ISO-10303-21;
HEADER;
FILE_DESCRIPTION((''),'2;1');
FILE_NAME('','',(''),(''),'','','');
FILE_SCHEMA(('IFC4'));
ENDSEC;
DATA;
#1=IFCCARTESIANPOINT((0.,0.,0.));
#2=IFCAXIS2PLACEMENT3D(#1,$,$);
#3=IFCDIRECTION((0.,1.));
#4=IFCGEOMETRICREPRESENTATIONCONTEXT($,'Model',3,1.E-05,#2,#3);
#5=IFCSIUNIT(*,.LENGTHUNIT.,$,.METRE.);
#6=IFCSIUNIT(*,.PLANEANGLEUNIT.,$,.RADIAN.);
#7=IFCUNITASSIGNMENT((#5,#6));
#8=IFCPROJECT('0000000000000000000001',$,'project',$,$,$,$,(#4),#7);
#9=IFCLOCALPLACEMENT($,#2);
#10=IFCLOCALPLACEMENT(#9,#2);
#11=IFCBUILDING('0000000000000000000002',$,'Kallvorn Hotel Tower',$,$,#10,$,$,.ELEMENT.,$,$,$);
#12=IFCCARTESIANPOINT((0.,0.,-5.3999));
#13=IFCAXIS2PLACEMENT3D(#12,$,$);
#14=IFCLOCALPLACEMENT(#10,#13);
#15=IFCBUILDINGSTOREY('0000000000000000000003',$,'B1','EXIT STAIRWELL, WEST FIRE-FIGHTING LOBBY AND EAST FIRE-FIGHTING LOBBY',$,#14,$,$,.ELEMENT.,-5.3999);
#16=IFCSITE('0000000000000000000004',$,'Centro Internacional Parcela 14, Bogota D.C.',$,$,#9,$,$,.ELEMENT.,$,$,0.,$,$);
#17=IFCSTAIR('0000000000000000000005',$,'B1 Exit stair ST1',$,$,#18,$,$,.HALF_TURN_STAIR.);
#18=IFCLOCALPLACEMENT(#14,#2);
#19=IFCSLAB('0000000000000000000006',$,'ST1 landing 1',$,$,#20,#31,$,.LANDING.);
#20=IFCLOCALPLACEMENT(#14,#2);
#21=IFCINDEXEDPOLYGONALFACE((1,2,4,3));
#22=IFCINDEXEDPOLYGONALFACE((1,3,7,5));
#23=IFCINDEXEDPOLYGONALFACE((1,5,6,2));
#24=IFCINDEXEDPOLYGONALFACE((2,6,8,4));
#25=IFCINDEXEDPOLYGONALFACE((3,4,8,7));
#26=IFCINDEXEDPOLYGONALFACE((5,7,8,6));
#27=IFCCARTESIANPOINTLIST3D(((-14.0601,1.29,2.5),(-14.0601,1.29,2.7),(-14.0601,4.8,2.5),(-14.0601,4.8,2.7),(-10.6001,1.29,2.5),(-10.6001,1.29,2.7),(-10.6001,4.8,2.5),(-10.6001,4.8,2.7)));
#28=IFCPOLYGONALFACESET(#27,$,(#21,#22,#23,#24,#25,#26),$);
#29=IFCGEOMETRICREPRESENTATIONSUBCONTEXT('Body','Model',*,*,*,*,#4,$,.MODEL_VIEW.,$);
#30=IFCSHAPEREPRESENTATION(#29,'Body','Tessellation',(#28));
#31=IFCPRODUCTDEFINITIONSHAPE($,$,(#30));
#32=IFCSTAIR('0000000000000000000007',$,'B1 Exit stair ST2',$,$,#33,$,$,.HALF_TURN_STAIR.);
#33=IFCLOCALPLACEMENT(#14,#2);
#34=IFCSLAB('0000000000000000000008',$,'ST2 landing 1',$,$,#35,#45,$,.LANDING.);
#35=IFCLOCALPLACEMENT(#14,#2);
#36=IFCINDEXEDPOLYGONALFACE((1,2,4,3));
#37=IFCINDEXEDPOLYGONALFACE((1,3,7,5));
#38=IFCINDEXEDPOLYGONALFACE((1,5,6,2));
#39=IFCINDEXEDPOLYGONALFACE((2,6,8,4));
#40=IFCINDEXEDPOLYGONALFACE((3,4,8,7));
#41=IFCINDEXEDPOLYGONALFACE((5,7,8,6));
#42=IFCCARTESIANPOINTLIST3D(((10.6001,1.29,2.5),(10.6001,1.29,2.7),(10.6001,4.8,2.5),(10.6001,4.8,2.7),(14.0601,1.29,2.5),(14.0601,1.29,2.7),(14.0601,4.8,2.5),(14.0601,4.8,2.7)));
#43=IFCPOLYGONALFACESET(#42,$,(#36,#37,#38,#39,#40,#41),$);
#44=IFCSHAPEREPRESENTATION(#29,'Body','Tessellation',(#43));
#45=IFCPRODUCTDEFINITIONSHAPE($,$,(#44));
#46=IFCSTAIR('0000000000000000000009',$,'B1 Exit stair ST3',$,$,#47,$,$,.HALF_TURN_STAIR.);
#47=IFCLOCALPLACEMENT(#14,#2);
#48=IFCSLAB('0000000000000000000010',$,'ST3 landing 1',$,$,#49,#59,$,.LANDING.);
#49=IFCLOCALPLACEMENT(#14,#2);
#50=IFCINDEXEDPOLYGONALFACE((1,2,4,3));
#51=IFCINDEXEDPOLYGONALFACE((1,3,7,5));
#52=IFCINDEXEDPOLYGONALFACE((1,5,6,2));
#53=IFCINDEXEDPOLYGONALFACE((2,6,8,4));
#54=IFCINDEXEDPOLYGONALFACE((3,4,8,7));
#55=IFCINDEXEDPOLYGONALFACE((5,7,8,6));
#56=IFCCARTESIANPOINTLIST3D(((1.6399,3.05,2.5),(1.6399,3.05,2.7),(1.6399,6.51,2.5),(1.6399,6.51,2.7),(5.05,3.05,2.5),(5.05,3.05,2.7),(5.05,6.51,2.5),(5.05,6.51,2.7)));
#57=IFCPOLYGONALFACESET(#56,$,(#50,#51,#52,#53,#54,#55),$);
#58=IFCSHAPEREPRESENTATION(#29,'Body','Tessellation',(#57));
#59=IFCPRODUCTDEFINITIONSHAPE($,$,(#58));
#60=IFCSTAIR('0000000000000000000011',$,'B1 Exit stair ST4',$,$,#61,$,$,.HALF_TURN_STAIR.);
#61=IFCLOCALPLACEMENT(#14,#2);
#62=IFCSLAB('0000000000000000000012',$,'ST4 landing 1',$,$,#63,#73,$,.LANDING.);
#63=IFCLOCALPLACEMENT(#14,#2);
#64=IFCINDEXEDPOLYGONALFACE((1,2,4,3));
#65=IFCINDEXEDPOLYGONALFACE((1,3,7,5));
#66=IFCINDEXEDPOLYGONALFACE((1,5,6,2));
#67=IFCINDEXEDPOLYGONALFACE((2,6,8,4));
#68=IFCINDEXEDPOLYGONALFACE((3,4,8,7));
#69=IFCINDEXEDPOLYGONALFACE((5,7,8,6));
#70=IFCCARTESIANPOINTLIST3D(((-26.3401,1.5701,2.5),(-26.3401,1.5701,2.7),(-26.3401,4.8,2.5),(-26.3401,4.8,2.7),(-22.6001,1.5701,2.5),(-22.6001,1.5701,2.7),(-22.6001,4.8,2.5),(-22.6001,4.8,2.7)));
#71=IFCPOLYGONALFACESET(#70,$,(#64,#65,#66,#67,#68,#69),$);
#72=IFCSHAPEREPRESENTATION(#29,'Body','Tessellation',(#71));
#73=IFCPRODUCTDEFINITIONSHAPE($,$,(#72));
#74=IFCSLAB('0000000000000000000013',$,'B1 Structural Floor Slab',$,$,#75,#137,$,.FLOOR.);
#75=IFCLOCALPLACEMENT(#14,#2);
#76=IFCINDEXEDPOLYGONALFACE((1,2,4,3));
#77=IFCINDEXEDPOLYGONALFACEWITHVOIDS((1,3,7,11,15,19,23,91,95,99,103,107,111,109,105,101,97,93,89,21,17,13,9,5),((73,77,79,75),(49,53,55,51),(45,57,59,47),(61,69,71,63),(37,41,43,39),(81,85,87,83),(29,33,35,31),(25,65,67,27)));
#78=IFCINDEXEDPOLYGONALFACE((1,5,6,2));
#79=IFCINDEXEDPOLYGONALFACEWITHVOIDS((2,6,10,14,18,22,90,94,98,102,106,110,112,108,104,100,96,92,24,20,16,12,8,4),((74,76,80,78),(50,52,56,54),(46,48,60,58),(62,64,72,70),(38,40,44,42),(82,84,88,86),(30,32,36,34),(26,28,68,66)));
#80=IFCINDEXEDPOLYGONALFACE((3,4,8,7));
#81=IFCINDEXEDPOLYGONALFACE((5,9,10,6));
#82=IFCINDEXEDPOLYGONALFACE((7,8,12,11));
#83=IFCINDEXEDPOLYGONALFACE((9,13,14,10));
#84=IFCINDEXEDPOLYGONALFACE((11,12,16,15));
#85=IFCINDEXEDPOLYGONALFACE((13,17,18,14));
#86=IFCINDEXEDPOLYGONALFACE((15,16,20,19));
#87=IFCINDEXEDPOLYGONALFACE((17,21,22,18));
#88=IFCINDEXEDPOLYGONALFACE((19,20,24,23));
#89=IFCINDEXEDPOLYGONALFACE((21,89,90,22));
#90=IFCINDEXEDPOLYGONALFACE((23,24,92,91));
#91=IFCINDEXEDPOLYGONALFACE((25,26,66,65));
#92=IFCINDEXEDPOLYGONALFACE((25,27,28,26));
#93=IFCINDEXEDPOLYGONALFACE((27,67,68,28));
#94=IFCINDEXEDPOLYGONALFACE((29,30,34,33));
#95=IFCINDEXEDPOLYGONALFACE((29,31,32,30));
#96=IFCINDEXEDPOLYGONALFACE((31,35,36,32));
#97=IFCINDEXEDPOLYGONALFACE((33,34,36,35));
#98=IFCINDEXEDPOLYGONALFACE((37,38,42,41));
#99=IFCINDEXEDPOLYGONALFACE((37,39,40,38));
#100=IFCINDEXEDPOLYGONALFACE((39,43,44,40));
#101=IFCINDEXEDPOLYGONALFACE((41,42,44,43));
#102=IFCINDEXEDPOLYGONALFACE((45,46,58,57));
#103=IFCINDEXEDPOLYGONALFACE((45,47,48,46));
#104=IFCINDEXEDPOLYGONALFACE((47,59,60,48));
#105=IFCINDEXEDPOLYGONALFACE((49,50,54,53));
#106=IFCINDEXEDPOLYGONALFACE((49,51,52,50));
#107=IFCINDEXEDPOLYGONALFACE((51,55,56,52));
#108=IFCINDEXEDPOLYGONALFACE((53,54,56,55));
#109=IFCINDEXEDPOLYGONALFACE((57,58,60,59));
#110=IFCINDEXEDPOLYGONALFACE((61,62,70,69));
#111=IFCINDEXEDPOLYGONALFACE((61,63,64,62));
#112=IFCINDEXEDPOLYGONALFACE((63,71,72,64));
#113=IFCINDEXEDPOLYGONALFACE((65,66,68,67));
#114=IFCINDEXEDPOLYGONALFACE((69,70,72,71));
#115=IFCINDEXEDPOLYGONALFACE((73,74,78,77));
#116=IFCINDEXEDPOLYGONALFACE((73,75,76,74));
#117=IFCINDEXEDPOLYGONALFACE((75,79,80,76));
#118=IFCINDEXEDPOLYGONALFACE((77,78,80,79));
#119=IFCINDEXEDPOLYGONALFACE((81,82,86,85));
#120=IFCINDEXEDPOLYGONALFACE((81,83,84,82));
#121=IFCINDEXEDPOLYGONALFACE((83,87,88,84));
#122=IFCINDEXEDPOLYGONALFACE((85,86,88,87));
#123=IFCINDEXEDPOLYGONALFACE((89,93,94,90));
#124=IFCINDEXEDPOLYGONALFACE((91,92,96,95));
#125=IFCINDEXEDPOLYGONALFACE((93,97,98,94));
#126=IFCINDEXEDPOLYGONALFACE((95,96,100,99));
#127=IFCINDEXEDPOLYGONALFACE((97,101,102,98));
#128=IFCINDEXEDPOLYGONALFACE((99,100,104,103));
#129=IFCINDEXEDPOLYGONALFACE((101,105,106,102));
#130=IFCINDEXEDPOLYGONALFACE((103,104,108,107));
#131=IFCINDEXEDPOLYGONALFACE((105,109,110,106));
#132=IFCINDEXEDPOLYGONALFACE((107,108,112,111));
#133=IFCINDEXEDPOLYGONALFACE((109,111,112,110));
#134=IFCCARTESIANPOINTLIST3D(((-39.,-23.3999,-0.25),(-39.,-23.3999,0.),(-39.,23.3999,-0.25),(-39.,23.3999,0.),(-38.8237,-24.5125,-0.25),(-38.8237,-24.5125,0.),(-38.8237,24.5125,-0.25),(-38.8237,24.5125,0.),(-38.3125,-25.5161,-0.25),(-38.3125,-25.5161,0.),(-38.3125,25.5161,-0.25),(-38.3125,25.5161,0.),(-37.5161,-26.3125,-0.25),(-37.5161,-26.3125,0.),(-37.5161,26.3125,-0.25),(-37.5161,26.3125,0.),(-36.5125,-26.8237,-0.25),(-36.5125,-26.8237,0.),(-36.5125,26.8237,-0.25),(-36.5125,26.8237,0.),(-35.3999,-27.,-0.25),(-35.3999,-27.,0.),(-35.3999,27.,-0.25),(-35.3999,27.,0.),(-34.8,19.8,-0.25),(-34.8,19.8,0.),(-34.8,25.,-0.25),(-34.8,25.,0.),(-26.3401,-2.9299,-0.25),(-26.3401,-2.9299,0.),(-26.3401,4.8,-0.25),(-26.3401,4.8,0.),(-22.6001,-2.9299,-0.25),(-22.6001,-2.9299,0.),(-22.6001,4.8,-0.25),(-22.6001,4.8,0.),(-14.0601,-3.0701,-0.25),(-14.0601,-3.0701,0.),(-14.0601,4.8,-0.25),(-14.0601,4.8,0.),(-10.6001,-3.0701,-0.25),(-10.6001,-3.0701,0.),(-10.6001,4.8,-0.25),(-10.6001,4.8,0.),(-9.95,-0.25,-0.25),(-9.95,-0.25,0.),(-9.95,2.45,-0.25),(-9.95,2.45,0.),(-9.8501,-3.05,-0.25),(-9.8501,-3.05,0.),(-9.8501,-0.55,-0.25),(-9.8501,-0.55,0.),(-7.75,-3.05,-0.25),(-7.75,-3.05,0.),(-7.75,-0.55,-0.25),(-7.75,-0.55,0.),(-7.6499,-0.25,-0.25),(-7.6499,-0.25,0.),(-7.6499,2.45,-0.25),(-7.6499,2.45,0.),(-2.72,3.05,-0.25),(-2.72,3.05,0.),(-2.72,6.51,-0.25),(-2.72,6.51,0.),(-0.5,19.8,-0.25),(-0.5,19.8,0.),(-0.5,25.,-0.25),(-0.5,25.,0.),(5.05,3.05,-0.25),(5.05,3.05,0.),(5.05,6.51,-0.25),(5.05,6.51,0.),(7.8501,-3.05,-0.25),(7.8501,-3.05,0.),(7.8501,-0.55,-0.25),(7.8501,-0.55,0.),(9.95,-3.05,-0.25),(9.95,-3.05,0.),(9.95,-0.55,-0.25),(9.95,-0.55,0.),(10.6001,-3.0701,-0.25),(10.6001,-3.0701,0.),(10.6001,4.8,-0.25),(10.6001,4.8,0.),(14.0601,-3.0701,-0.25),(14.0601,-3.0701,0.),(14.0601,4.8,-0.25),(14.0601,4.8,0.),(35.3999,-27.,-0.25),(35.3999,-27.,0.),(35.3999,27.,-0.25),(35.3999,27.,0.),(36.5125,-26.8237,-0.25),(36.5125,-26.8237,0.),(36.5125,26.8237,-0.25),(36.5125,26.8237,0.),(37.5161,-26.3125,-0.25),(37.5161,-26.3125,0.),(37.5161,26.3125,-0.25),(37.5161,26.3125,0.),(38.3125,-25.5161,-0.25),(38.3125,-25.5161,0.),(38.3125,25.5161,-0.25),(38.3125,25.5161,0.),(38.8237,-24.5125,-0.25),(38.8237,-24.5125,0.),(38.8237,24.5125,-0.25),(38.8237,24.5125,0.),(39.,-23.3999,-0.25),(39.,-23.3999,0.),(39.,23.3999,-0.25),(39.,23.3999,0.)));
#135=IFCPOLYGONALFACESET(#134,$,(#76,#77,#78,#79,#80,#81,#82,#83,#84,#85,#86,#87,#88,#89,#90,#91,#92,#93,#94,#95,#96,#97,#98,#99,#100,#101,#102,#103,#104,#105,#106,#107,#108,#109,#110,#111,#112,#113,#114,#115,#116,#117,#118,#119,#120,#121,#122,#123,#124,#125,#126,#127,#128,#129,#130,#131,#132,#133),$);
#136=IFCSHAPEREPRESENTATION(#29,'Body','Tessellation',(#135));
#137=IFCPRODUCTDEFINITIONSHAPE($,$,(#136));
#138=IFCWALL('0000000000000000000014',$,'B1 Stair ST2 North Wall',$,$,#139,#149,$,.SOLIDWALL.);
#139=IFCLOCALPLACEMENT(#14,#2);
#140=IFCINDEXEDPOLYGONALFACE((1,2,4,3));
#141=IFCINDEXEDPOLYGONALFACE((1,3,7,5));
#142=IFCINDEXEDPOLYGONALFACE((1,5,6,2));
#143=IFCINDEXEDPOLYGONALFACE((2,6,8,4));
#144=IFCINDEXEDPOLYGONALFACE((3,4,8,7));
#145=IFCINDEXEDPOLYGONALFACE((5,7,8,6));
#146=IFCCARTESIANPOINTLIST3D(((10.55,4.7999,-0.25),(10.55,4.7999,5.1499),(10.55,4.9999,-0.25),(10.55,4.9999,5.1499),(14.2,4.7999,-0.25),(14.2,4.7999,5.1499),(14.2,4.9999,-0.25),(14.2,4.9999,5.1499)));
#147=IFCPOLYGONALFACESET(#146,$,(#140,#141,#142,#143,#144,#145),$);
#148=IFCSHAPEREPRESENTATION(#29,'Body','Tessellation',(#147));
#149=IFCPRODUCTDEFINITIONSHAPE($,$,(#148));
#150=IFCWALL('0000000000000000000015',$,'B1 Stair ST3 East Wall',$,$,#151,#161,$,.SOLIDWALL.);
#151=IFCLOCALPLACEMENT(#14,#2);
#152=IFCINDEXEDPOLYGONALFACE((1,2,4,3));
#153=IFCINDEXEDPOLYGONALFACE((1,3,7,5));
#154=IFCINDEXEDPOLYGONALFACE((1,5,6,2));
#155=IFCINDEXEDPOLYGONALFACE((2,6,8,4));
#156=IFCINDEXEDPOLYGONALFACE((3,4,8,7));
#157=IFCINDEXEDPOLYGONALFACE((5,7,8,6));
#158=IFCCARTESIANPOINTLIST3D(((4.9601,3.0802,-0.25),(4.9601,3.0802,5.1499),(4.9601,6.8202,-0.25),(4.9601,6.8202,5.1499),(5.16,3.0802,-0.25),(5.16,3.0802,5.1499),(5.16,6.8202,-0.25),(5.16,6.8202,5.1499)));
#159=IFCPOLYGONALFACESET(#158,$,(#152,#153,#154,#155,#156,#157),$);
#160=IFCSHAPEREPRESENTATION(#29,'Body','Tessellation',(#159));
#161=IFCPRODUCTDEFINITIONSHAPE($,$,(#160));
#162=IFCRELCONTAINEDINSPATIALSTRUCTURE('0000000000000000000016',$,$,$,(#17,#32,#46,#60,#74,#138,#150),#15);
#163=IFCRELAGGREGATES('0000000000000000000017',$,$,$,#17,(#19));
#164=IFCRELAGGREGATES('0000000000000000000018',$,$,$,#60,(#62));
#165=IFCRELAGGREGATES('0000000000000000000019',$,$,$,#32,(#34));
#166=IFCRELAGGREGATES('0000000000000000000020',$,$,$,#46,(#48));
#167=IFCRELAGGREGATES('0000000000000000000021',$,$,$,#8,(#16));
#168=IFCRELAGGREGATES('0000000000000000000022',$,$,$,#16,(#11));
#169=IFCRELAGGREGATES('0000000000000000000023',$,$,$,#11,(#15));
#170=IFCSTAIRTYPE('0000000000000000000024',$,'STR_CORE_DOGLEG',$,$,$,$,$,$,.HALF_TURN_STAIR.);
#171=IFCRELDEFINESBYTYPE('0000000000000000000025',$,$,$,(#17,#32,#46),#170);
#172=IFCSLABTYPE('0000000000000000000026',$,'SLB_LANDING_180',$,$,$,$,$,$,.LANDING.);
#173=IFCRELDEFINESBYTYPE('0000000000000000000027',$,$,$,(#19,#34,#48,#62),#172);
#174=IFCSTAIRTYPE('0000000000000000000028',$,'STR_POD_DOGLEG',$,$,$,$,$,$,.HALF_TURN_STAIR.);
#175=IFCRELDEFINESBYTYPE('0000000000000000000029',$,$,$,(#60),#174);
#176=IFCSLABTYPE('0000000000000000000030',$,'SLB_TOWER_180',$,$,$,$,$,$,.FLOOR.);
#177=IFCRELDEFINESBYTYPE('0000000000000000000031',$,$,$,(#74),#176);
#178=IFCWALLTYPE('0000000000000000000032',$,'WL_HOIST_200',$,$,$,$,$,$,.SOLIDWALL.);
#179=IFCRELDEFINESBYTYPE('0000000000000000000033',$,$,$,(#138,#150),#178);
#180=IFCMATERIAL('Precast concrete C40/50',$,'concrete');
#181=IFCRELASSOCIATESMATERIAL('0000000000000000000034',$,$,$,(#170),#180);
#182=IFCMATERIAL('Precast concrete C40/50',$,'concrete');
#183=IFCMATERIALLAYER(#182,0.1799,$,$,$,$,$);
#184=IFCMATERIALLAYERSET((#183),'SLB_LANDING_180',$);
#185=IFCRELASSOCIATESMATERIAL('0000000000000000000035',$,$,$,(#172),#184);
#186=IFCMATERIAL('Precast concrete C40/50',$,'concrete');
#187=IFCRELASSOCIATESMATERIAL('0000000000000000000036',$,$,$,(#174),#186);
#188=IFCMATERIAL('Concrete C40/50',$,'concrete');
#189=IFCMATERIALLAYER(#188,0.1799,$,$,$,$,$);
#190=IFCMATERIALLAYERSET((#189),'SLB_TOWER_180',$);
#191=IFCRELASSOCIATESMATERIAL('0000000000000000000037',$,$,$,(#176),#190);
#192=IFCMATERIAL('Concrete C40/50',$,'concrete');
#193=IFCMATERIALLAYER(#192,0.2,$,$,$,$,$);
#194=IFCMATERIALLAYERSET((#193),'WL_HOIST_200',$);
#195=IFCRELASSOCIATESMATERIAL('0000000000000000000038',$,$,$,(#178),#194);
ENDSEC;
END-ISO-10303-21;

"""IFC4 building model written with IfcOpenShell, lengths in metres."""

from ifc_helpers import new_model, si_unit, direction, frame, frame_2d, origin, place, context, subcontext, project, spatial, polyline, rectangle, outline, extrude, material, layer, layer_set, type_object, element, aggregate, save


model = new_model("IFC4")

# Units and contexts
model_context = context("Model", 3, precision=1e-05, world=origin(), true_north=direction((0.0, 1.0)))
body_context = subcontext(model_context, "Body", "Model", "MODEL_VIEW")
ifc_project = project(units=[si_unit("LENGTHUNIT", "METRE"), si_unit("PLANEANGLEUNIT", "RADIAN")], contexts=[model_context])

# Site, building, storey
site_placement = place(None, origin())
site = spatial("IfcSite", under=ifc_project, at=site_placement, Name="Centro Internacional Parcela 14, Bogota D.C.", CompositionType="ELEMENT", RefElevation=0.0)
building_placement = place(site_placement, origin())
building = spatial("IfcBuilding", under=site, at=building_placement, Name="Kallvorn Hotel Tower", CompositionType="ELEMENT")
storey_placement = place(building_placement, frame((0.0, 0.0, -5.3999)))
storey = spatial("IfcBuildingStorey", under=building, at=storey_placement, Name="B1", Description="EXIT STAIRWELL, WEST FIRE-FIGHTING LOBBY AND EAST FIRE-FIGHTING LOBBY", CompositionType="ELEMENT", Elevation=-5.3999)

# Stairs, slabs
ifc_material_1 = material(Name="Precast concrete C40/50", Category="concrete")
stair_type_1 = type_object("IfcStairType", Name="STR_CORE_DOGLEG", PredefinedType="HALF_TURN_STAIR", material=ifc_material_1)
stair_1_placement = place(storey_placement, origin())
stair_1 = element("IfcStair", 1, at=stair_1_placement, inside=storey, type_object=stair_type_1, Name="B1 Exit stair ST1", PredefinedType="HALF_TURN_STAIR")
ifc_material_2 = material(Name="Precast concrete C40/50", Category="concrete")
ifc_layer_1 = layer(ifc_material_2, 0.1799)
ifc_layer_set_1 = layer_set([ifc_layer_1], Name="SLB_LANDING_180")
slab_type_1 = type_object("IfcSlabType", Name="SLB_LANDING_180", PredefinedType="LANDING", material=ifc_layer_set_1)
slab_1_placement = place(storey_placement, frame((0.0, 0.0, 2.5)))
slab_1 = element("IfcSlab", 2, at=slab_1_placement, type_object=slab_type_1, Name="ST1 landing 1", PredefinedType="LANDING", context=body_context, shape_type="SweptSolid", body=[
    extrude(outline(polyline([(-10.6001, 1.29), (-10.6001, 4.8), (-14.0601, 4.8), (-14.0601, 1.29), (-10.6001, 1.29)])), origin(), (0.0, 0.0, 1.0), 0.2),
])
aggregate(stair_1, [slab_1])
stair_2_placement = place(storey_placement, origin())
stair_2 = element("IfcStair", 3, at=stair_2_placement, inside=storey, type_object=stair_type_1, Name="B1 Exit stair ST2", PredefinedType="HALF_TURN_STAIR")
slab_2_placement = place(storey_placement, frame((0.0, 0.0, 2.5)))
slab_2 = element("IfcSlab", 4, at=slab_2_placement, type_object=slab_type_1, Name="ST2 landing 1", PredefinedType="LANDING", context=body_context, shape_type="SweptSolid", body=[
    extrude(outline(polyline([(14.0601, 1.29), (14.0601, 4.8), (10.6001, 4.8), (10.6001, 1.29), (14.0601, 1.29)])), origin(), (0.0, 0.0, 1.0), 0.2),
])
stair_3_placement = place(storey_placement, origin())
stair_3 = element("IfcStair", 5, at=stair_3_placement, inside=storey, type_object=stair_type_1, Name="B1 Exit stair ST3", PredefinedType="HALF_TURN_STAIR")
slab_3_placement = place(storey_placement, frame((0.0, 0.0, 2.5)))
slab_3 = element("IfcSlab", 6, at=slab_3_placement, type_object=slab_type_1, Name="ST3 landing 1", PredefinedType="LANDING", context=body_context, shape_type="SweptSolid", body=[
    extrude(outline(polyline([(1.6399, 3.05), (5.05, 3.05), (5.05, 6.51), (1.6399, 6.51), (1.6399, 3.05)])), origin(), (0.0, 0.0, 1.0), 0.2),
])
ifc_material_3 = material(Name="Precast concrete C40/50", Category="concrete")
stair_type_2 = type_object("IfcStairType", Name="STR_POD_DOGLEG", PredefinedType="HALF_TURN_STAIR", material=ifc_material_3)
stair_4_placement = place(storey_placement, origin())
stair_4 = element("IfcStair", 7, at=stair_4_placement, inside=storey, type_object=stair_type_2, Name="B1 Exit stair ST4", PredefinedType="HALF_TURN_STAIR")
slab_4_placement = place(storey_placement, frame((0.0, 0.0, 2.5)))
slab_4 = element("IfcSlab", 8, at=slab_4_placement, type_object=slab_type_1, Name="ST4 landing 1", PredefinedType="LANDING", context=body_context, shape_type="SweptSolid", body=[
    extrude(outline(polyline([(-22.6001, 1.5701), (-22.6001, 4.8), (-26.3401, 4.8), (-26.3401, 1.5701), (-22.6001, 1.5701)])), origin(), (0.0, 0.0, 1.0), 0.2),
])
aggregate(stair_4, [slab_4])

# Slab
ifc_material_4 = material(Name="Concrete C40/50", Category="concrete")
ifc_layer_2 = layer(ifc_material_4, 0.1799)
ifc_layer_set_2 = layer_set([ifc_layer_2], Name="SLB_TOWER_180")
slab_type_2 = type_object("IfcSlabType", Name="SLB_TOWER_180", PredefinedType="FLOOR", material=ifc_layer_set_2)
slab_5_placement = place(storey_placement, frame((0.0, 0.0, -0.25)))
element("IfcSlab", 9, at=slab_5_placement, inside=storey, type_object=slab_type_2, Name="B1 Structural Floor Slab", PredefinedType="FLOOR", context=body_context, shape_type="SweptSolid", body=[
    extrude(outline(polyline([(35.3999, -27.0), (36.5125, -26.8237), (37.5161, -26.3125), (38.3125, -25.5161), (38.8237, -24.5125), (39.0, -23.3999), (39.0, 23.3999), (38.8237, 24.5125), (38.3125, 25.5161), (37.5161, 26.3125), (36.5125, 26.8237), (35.3999, 27.0), (-35.3999, 27.0), (-36.5125, 26.8237), (-37.5161, 26.3125), (-38.3125, 25.5161), (-38.8237, 24.5125), (-39.0, 23.3999), (-39.0, -23.3999), (-38.8237, -24.5125), (-38.3125, -25.5161), (-37.5161, -26.3125), (-36.5125, -26.8237), (-35.3999, -27.0), (35.3999, -27.0)]), holes=[polyline([(-10.6001, -3.0701), (-10.6001, 4.8), (-14.0601, 4.8), (-14.0601, -3.0701), (-10.6001, -3.0701)]), polyline([(14.0601, -3.0701), (14.0601, 4.8), (10.6001, 4.8), (10.6001, -3.0701), (14.0601, -3.0701)]), polyline([(-2.72, 3.05), (5.05, 3.05), (5.05, 6.51), (-2.72, 6.51), (-2.72, 3.05)]), polyline([(-22.6001, -2.9299), (-22.6001, 4.8), (-26.3401, 4.8), (-26.3401, -2.9299), (-22.6001, -2.9299)]), polyline([(-9.8501, -3.05), (-7.75, -3.05), (-7.75, -0.55), (-9.8501, -0.55), (-9.8501, -3.05)]), polyline([(7.8501, -3.05), (9.95, -3.05), (9.95, -0.55), (7.8501, -0.55), (7.8501, -3.05)]), polyline([(-9.95, -0.25), (-7.6499, -0.25), (-7.6499, 2.45), (-9.95, 2.45), (-9.95, -0.25)]), polyline([(-34.8, 19.8), (-0.5, 19.8), (-0.5, 25.0), (-34.8, 25.0), (-34.8, 19.8)])]), origin(), (0.0, 0.0, 1.0), 0.25),
])

# Walls
ifc_material_5 = material(Name="Concrete C40/50", Category="concrete")
ifc_layer_3 = layer(ifc_material_5, 0.2)
ifc_layer_set_3 = layer_set([ifc_layer_3], Name="WL_HOIST_200")
wall_type_1 = type_object("IfcWallType", Name="WL_HOIST_200", PredefinedType="SOLIDWALL", material=ifc_layer_set_3)
wall_1_placement = place(storey_placement, frame((10.55, 4.8999, -0.25), z_axis=(0.0, 0.0, 1.0), x_axis=(1.0, 0.0, 0.0)))
element("IfcWall", 10, at=wall_1_placement, inside=storey, type_object=wall_type_1, Name="B1 Stair ST2 North Wall", PredefinedType="SOLIDWALL", context=body_context, shape_type="SweptSolid", body=[
    extrude(rectangle(XDim=3.6499, YDim=0.2, at=frame_2d((1.825, 0.0))), origin(), (0.0, 0.0, 1.0), 5.3999),
])
wall_2_placement = place(storey_placement, frame((5.0601, 3.0801, -0.25), z_axis=(0.0, 0.0, 1.0), x_axis=(0.0, 1.0, 0.0)))
element("IfcWall", 11, at=wall_2_placement, inside=storey, type_object=wall_type_1, Name="B1 Stair ST3 East Wall", PredefinedType="SOLIDWALL", context=body_context, shape_type="SweptSolid", body=[
    extrude(rectangle(XDim=3.74, YDim=0.2, at=frame_2d((1.8701, 0.0))), origin(), (0.0, 0.0, 1.0), 5.3999),
])

aggregate(stair_2, [slab_2])
aggregate(stair_3, [slab_3])

save(model, "model.ifc")
